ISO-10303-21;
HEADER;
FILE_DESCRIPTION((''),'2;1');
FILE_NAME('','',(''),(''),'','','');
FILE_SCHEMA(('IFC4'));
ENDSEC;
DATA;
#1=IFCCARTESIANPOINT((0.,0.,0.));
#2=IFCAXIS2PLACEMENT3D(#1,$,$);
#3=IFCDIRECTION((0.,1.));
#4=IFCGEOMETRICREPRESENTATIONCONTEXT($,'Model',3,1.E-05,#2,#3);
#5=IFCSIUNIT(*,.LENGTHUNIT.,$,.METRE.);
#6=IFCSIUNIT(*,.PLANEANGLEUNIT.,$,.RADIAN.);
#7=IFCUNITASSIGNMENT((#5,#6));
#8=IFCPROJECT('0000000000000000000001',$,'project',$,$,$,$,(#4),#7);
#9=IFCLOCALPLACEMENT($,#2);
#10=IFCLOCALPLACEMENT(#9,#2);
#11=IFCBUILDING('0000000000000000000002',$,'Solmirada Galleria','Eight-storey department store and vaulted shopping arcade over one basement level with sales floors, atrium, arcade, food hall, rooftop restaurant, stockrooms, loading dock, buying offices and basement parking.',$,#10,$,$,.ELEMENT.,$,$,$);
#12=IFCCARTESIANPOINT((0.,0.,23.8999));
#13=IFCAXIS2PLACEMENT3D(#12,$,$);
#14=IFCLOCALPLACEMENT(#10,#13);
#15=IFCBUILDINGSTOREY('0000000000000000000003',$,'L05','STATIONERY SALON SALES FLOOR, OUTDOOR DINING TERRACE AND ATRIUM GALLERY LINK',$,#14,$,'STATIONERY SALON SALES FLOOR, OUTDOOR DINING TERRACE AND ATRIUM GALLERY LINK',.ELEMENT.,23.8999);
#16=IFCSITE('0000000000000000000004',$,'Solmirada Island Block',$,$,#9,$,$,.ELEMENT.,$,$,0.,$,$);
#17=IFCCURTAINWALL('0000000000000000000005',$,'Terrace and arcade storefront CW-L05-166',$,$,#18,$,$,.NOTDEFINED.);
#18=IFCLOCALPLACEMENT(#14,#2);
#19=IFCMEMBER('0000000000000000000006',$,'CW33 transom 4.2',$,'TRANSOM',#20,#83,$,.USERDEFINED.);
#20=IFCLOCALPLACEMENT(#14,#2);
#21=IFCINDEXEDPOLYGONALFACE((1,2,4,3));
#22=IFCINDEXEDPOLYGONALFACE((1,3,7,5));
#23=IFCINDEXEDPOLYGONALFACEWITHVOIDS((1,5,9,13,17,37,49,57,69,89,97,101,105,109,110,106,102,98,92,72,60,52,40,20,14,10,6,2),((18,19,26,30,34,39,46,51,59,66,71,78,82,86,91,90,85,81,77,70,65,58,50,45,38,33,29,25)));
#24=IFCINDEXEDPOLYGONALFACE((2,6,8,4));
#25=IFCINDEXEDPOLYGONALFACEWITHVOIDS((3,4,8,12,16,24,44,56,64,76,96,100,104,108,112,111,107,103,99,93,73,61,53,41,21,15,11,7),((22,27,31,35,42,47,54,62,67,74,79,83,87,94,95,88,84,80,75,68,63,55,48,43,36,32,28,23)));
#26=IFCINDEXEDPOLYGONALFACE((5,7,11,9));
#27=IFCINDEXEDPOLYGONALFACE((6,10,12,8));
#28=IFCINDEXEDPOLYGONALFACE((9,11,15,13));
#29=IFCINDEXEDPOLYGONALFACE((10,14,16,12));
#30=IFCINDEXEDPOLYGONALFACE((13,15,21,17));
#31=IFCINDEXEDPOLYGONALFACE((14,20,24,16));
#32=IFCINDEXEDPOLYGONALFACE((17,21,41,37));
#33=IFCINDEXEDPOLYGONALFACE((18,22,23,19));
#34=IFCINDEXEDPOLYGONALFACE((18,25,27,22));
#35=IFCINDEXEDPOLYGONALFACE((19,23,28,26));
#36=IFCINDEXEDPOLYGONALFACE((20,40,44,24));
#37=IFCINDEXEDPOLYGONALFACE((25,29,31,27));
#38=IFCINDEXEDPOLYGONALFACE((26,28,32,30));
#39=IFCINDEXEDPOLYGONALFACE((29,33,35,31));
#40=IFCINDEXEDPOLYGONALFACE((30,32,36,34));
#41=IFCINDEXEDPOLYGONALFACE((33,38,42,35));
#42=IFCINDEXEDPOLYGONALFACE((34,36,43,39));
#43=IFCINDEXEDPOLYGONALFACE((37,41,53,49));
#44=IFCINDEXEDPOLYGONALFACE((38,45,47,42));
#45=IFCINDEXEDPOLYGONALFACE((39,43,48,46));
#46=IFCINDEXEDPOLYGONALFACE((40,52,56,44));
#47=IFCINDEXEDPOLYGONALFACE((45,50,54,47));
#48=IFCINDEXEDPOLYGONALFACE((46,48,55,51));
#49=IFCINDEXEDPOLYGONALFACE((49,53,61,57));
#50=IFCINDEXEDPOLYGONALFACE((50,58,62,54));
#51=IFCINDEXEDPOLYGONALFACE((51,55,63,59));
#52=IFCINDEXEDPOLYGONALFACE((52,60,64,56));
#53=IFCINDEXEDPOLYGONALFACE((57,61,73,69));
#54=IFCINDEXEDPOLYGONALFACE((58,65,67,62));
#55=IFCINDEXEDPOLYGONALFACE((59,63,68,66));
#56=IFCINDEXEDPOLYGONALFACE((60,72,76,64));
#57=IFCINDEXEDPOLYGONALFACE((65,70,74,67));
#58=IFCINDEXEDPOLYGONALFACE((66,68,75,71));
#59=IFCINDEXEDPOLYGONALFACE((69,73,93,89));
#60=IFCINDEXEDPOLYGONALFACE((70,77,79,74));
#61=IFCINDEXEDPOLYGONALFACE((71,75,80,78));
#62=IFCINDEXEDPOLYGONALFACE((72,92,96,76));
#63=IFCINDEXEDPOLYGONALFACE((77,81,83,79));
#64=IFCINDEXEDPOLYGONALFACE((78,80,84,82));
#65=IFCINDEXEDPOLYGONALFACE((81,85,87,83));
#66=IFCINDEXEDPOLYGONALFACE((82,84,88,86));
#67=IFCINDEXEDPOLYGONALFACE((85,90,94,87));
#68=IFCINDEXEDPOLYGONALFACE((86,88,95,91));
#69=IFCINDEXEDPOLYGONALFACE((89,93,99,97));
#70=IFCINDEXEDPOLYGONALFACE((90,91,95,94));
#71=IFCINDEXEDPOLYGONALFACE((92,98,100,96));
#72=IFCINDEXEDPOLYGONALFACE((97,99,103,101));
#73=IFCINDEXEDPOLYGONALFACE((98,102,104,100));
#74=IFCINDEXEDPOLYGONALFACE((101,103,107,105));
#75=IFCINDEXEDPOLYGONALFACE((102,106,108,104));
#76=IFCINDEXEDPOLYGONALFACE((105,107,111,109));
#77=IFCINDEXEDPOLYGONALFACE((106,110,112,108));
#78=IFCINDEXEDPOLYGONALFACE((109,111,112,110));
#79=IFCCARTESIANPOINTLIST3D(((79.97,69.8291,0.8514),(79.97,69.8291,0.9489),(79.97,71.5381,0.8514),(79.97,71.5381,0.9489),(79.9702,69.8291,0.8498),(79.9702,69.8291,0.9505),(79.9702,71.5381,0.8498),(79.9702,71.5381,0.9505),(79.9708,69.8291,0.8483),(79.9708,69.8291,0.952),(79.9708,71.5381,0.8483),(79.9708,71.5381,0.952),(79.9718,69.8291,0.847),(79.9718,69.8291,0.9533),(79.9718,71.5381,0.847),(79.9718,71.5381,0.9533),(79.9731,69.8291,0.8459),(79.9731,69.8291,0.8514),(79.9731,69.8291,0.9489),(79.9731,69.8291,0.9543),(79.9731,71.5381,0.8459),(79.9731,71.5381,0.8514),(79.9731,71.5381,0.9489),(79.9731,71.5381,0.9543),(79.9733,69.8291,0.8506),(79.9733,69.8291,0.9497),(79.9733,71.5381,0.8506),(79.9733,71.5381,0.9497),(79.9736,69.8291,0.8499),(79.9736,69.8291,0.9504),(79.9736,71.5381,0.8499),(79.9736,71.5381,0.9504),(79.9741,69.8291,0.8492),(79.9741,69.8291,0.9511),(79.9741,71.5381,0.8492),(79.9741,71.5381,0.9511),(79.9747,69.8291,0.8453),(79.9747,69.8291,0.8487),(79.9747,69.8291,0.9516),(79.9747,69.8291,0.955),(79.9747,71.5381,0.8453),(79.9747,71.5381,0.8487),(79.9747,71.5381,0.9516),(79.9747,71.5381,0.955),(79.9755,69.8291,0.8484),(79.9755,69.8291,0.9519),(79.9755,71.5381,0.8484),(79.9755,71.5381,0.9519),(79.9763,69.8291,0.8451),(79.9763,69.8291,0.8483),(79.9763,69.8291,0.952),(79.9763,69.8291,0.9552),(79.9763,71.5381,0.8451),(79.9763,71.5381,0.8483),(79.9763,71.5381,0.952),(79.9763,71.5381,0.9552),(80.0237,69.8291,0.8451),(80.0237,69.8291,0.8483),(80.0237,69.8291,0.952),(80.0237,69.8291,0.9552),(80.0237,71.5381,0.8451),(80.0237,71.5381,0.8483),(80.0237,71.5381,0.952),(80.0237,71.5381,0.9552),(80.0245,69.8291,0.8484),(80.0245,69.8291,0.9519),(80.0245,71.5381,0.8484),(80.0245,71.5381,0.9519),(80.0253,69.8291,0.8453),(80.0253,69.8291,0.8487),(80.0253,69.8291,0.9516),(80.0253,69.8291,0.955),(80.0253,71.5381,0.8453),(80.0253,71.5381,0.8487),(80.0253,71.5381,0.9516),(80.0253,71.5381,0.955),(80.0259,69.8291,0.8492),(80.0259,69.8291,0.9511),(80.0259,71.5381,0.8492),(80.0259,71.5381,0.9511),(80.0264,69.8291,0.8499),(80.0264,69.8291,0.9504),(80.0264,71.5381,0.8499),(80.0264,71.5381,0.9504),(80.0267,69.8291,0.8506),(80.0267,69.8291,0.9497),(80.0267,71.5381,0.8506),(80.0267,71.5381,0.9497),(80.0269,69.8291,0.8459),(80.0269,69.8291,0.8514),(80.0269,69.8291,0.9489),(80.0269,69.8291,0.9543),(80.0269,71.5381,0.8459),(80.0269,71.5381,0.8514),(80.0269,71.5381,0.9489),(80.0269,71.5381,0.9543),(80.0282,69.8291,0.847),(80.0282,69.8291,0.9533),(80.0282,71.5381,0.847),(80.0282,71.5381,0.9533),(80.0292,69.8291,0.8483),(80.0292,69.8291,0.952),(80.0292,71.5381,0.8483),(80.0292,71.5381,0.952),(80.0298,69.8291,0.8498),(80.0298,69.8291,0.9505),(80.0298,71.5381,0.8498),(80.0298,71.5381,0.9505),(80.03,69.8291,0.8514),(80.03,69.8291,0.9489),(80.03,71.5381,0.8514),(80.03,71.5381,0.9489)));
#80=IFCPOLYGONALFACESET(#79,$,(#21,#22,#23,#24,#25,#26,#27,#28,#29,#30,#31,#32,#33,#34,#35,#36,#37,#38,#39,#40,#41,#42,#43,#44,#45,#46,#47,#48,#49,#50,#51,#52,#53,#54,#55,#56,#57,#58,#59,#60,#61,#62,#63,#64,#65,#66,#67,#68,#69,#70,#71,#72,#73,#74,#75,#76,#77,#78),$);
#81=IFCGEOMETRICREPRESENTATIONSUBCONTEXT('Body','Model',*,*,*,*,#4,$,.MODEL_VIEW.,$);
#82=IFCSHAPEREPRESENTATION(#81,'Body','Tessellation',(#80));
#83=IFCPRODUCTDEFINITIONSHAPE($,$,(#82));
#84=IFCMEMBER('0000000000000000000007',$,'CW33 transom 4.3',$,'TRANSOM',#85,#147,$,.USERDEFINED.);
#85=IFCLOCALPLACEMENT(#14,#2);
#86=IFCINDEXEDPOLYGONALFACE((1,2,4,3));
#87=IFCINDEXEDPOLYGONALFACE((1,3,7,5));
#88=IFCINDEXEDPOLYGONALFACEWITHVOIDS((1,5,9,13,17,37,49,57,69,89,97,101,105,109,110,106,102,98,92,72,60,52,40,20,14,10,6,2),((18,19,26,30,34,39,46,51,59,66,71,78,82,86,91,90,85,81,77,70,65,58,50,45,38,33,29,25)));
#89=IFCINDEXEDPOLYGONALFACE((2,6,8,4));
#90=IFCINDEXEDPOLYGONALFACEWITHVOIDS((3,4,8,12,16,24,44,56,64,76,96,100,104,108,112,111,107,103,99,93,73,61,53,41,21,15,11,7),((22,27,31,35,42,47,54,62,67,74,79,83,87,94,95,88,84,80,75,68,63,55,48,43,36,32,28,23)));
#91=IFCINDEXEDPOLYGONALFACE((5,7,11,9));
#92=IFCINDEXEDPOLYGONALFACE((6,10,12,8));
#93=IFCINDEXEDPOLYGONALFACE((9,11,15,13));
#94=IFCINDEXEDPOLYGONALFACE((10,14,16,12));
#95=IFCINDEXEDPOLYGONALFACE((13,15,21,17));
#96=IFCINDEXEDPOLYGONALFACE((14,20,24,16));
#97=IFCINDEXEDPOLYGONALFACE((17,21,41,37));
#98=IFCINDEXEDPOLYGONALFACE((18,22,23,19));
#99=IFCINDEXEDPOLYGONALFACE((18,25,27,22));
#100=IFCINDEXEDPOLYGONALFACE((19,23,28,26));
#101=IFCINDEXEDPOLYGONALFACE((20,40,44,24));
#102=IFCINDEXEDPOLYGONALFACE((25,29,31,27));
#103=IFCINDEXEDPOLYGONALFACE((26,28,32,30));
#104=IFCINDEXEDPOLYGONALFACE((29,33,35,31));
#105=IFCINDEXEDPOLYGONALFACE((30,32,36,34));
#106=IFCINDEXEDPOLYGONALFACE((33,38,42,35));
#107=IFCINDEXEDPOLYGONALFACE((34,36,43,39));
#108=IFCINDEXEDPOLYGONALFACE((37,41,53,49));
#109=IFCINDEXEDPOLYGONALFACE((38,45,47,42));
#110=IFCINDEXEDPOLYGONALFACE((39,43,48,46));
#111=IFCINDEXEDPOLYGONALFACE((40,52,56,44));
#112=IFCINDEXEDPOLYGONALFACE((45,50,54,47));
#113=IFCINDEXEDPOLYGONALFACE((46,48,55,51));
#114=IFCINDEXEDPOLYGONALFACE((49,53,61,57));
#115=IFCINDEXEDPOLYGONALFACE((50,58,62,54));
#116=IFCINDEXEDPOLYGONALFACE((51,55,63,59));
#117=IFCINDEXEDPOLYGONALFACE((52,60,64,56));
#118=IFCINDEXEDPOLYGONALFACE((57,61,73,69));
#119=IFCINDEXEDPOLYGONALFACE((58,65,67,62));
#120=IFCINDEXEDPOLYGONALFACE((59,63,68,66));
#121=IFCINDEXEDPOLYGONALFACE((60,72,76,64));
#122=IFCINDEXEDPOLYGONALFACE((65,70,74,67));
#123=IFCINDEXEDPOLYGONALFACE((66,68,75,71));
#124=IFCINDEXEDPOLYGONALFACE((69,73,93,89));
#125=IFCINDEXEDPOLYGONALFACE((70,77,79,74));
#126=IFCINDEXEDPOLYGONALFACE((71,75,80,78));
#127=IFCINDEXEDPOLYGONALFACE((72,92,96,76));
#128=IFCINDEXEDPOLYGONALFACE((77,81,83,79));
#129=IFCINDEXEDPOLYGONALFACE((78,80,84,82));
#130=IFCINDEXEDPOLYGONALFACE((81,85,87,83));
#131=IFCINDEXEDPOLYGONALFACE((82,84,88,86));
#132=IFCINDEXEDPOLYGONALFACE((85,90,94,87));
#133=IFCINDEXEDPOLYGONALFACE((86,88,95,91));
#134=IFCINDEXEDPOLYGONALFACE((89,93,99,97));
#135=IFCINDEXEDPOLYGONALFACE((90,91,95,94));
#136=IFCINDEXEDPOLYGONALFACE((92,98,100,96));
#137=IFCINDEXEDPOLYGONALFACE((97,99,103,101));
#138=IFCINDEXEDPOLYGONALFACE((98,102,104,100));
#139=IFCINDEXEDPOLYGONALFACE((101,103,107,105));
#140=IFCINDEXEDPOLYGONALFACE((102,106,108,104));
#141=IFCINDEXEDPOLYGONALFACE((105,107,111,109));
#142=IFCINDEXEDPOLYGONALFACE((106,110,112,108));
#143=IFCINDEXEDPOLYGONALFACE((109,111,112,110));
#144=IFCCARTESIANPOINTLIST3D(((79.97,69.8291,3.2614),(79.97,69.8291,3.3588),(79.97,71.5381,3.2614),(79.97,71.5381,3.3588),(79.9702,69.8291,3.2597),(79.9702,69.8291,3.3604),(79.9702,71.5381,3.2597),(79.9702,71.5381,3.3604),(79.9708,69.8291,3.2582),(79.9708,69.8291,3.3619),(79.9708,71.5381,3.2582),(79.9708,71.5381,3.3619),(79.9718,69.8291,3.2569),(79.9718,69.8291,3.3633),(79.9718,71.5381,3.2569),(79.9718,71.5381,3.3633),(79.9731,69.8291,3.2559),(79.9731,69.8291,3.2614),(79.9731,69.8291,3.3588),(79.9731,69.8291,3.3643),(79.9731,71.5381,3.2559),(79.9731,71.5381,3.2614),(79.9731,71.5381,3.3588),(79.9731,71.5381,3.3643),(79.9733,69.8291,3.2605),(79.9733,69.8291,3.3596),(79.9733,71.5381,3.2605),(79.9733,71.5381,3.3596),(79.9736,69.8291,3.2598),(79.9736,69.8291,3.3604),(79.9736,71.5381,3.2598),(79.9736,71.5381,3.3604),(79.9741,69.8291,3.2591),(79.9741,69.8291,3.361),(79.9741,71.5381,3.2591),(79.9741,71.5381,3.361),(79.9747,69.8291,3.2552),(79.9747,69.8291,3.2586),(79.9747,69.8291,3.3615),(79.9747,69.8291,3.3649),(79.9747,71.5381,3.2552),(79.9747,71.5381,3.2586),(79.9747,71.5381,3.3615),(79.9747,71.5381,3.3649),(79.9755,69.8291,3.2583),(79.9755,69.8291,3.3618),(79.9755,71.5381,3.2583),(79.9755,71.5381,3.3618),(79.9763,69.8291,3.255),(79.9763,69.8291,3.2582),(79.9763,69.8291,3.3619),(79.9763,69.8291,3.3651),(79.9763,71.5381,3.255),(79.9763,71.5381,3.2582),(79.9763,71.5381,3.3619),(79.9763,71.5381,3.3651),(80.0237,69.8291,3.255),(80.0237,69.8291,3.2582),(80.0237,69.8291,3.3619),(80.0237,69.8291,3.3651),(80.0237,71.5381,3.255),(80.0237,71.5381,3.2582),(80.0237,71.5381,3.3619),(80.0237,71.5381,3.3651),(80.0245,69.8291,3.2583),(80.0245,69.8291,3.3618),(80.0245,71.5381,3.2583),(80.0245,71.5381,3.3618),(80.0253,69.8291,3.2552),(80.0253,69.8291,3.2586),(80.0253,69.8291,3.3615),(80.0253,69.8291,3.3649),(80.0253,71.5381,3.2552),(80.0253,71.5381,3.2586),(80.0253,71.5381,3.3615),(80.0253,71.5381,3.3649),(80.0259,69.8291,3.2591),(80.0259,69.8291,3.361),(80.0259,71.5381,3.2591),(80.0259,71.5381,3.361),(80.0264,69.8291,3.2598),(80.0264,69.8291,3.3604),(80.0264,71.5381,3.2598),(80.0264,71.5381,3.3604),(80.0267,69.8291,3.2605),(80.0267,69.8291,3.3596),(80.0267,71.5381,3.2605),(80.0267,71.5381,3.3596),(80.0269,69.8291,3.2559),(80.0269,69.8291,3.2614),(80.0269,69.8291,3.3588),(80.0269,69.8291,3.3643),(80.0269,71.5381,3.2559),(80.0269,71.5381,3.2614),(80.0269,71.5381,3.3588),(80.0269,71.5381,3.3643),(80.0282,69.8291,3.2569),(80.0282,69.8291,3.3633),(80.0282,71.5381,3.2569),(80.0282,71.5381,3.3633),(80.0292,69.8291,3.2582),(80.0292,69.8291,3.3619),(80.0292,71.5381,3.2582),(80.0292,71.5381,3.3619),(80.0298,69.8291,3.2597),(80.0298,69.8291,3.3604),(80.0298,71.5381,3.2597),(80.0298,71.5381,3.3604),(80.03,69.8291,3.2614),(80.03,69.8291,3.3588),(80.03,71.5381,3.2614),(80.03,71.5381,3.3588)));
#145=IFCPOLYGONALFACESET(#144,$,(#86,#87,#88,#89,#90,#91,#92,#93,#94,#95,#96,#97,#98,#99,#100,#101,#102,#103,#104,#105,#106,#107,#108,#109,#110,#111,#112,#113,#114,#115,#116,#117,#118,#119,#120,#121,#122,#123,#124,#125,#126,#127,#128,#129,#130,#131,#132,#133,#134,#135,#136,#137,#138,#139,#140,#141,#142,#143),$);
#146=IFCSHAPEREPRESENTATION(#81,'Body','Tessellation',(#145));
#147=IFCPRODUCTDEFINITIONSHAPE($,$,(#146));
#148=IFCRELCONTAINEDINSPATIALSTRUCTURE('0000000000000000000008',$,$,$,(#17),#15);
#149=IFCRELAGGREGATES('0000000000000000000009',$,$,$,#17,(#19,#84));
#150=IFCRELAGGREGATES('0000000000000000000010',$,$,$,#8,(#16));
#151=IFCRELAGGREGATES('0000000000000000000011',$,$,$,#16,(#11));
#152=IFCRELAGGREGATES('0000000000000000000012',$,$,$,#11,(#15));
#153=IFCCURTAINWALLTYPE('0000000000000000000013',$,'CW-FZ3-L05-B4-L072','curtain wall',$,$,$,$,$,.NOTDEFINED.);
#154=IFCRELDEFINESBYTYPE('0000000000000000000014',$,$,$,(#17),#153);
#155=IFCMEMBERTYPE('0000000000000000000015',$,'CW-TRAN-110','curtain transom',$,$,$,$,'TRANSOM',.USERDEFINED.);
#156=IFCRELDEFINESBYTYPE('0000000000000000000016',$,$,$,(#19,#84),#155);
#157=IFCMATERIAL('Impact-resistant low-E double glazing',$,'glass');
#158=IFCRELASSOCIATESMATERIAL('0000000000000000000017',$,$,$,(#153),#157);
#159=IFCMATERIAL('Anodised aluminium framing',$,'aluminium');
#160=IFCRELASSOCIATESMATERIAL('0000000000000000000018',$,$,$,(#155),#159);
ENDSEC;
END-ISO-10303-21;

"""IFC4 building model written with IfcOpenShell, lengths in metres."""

from ifc_helpers import new_model, si_unit, direction, frame, origin, origin_2d, place, context, subcontext, project, spatial, hollow_rectangle, extrude, material, material_profile, profile_set, type_object, element, aggregate, save


model = new_model("IFC4")

# Units and contexts
model_context = context("Model", 3, precision=1e-05, world=origin(), true_north=direction((0.0, 1.0)))
body_context = subcontext(model_context, "Body", "Model", "MODEL_VIEW")
ifc_project = project(units=[si_unit("LENGTHUNIT", "METRE"), si_unit("PLANEANGLEUNIT", "RADIAN")], contexts=[model_context])

# Site, building, storey
site_placement = place(None, origin())
site = spatial("IfcSite", under=ifc_project, at=site_placement, Name="Solmirada Island Block", CompositionType="ELEMENT", RefElevation=0.0)
building_placement = place(site_placement, origin())
building = spatial("IfcBuilding", under=site, at=building_placement, Name="Solmirada Galleria", Description="Eight-storey department store and vaulted shopping arcade over one basement level with sales floors, atrium, arcade, food hall, rooftop restaurant, stockrooms, loading dock, buying offices and basement parking.", CompositionType="ELEMENT")
storey_placement = place(building_placement, frame((0.0, 0.0, 23.8999)))
storey = spatial("IfcBuildingStorey", under=building, at=storey_placement, Name="L05", Description="STATIONERY SALON SALES FLOOR, OUTDOOR DINING TERRACE AND ATRIUM GALLERY LINK", LongName="STATIONERY SALON SALES FLOOR, OUTDOOR DINING TERRACE AND ATRIUM GALLERY LINK", CompositionType="ELEMENT", Elevation=23.8999)

# Curtain wall
ifc_material_1 = material(Name="Impact-resistant low-E double glazing", Category="glass")
curtain_wall_type = type_object("IfcCurtainWallType", Name="CW-FZ3-L05-B4-L072", Description="curtain wall", PredefinedType="NOTDEFINED", material=ifc_material_1)
curtain_wall_1_placement = place(storey_placement, origin())
curtain_wall_1 = element("IfcCurtainWall", 1, at=curtain_wall_1_placement, inside=storey, type_object=curtain_wall_type, Name="Terrace and arcade storefront CW-L05-166", PredefinedType="NOTDEFINED")
ifc_material_2 = material(Name="Anodised aluminium framing", Category="aluminium")

# Members
ifc_material_profile_1 = material_profile(ifc_material_2, hollow_rectangle(XDim=0.0601, YDim=0.1101, WallThickness=0.0032, InnerFilletRadius=0.0032, OuterFilletRadius=0.0063, at=origin_2d()), Name="ALU-TRAN-110X60")
ifc_profile_set_1 = profile_set([ifc_material_profile_1], Name="Anodised aluminium framing")
member_type_1 = type_object("IfcMemberType", Name="CW-TRAN-110", Description="curtain transom", ElementType="TRANSOM", PredefinedType="USERDEFINED", material=ifc_profile_set_1)
member_1_placement = place(storey_placement, frame((80.0, 69.8291, 0.9001), z_axis=(0.0, 1.0, 0.0), x_axis=(-1.0, 0.0, 0.0)))
member_1 = element("IfcMember", 2, at=member_1_placement, type_object=member_type_1, Name="CW33 transom 4.2", ObjectType="TRANSOM", PredefinedType="USERDEFINED", context=body_context, shape_type="SweptSolid", body=[
    extrude(hollow_rectangle(XDim=0.0601, YDim=0.1101, WallThickness=0.0032, InnerFilletRadius=0.0032, OuterFilletRadius=0.0063, at=origin_2d()), origin(), (0.0, 0.0, 1.0), 1.709),
])
member_2_placement = place(storey_placement, frame((80.0, 69.8291, 3.3101), z_axis=(0.0, 1.0, 0.0), x_axis=(-1.0, 0.0, 0.0)))
member_2 = element("IfcMember", 3, at=member_2_placement, type_object=member_type_1, Name="CW33 transom 4.3", ObjectType="TRANSOM", PredefinedType="USERDEFINED", context=body_context, shape_type="SweptSolid", body=[
    extrude(hollow_rectangle(XDim=0.0601, YDim=0.1101, WallThickness=0.0032, InnerFilletRadius=0.0032, OuterFilletRadius=0.0063, at=origin_2d()), origin(), (0.0, 0.0, 1.0), 1.709),
])

aggregate(curtain_wall_1, [member_1, member_2])

save(model, "model.ifc")
